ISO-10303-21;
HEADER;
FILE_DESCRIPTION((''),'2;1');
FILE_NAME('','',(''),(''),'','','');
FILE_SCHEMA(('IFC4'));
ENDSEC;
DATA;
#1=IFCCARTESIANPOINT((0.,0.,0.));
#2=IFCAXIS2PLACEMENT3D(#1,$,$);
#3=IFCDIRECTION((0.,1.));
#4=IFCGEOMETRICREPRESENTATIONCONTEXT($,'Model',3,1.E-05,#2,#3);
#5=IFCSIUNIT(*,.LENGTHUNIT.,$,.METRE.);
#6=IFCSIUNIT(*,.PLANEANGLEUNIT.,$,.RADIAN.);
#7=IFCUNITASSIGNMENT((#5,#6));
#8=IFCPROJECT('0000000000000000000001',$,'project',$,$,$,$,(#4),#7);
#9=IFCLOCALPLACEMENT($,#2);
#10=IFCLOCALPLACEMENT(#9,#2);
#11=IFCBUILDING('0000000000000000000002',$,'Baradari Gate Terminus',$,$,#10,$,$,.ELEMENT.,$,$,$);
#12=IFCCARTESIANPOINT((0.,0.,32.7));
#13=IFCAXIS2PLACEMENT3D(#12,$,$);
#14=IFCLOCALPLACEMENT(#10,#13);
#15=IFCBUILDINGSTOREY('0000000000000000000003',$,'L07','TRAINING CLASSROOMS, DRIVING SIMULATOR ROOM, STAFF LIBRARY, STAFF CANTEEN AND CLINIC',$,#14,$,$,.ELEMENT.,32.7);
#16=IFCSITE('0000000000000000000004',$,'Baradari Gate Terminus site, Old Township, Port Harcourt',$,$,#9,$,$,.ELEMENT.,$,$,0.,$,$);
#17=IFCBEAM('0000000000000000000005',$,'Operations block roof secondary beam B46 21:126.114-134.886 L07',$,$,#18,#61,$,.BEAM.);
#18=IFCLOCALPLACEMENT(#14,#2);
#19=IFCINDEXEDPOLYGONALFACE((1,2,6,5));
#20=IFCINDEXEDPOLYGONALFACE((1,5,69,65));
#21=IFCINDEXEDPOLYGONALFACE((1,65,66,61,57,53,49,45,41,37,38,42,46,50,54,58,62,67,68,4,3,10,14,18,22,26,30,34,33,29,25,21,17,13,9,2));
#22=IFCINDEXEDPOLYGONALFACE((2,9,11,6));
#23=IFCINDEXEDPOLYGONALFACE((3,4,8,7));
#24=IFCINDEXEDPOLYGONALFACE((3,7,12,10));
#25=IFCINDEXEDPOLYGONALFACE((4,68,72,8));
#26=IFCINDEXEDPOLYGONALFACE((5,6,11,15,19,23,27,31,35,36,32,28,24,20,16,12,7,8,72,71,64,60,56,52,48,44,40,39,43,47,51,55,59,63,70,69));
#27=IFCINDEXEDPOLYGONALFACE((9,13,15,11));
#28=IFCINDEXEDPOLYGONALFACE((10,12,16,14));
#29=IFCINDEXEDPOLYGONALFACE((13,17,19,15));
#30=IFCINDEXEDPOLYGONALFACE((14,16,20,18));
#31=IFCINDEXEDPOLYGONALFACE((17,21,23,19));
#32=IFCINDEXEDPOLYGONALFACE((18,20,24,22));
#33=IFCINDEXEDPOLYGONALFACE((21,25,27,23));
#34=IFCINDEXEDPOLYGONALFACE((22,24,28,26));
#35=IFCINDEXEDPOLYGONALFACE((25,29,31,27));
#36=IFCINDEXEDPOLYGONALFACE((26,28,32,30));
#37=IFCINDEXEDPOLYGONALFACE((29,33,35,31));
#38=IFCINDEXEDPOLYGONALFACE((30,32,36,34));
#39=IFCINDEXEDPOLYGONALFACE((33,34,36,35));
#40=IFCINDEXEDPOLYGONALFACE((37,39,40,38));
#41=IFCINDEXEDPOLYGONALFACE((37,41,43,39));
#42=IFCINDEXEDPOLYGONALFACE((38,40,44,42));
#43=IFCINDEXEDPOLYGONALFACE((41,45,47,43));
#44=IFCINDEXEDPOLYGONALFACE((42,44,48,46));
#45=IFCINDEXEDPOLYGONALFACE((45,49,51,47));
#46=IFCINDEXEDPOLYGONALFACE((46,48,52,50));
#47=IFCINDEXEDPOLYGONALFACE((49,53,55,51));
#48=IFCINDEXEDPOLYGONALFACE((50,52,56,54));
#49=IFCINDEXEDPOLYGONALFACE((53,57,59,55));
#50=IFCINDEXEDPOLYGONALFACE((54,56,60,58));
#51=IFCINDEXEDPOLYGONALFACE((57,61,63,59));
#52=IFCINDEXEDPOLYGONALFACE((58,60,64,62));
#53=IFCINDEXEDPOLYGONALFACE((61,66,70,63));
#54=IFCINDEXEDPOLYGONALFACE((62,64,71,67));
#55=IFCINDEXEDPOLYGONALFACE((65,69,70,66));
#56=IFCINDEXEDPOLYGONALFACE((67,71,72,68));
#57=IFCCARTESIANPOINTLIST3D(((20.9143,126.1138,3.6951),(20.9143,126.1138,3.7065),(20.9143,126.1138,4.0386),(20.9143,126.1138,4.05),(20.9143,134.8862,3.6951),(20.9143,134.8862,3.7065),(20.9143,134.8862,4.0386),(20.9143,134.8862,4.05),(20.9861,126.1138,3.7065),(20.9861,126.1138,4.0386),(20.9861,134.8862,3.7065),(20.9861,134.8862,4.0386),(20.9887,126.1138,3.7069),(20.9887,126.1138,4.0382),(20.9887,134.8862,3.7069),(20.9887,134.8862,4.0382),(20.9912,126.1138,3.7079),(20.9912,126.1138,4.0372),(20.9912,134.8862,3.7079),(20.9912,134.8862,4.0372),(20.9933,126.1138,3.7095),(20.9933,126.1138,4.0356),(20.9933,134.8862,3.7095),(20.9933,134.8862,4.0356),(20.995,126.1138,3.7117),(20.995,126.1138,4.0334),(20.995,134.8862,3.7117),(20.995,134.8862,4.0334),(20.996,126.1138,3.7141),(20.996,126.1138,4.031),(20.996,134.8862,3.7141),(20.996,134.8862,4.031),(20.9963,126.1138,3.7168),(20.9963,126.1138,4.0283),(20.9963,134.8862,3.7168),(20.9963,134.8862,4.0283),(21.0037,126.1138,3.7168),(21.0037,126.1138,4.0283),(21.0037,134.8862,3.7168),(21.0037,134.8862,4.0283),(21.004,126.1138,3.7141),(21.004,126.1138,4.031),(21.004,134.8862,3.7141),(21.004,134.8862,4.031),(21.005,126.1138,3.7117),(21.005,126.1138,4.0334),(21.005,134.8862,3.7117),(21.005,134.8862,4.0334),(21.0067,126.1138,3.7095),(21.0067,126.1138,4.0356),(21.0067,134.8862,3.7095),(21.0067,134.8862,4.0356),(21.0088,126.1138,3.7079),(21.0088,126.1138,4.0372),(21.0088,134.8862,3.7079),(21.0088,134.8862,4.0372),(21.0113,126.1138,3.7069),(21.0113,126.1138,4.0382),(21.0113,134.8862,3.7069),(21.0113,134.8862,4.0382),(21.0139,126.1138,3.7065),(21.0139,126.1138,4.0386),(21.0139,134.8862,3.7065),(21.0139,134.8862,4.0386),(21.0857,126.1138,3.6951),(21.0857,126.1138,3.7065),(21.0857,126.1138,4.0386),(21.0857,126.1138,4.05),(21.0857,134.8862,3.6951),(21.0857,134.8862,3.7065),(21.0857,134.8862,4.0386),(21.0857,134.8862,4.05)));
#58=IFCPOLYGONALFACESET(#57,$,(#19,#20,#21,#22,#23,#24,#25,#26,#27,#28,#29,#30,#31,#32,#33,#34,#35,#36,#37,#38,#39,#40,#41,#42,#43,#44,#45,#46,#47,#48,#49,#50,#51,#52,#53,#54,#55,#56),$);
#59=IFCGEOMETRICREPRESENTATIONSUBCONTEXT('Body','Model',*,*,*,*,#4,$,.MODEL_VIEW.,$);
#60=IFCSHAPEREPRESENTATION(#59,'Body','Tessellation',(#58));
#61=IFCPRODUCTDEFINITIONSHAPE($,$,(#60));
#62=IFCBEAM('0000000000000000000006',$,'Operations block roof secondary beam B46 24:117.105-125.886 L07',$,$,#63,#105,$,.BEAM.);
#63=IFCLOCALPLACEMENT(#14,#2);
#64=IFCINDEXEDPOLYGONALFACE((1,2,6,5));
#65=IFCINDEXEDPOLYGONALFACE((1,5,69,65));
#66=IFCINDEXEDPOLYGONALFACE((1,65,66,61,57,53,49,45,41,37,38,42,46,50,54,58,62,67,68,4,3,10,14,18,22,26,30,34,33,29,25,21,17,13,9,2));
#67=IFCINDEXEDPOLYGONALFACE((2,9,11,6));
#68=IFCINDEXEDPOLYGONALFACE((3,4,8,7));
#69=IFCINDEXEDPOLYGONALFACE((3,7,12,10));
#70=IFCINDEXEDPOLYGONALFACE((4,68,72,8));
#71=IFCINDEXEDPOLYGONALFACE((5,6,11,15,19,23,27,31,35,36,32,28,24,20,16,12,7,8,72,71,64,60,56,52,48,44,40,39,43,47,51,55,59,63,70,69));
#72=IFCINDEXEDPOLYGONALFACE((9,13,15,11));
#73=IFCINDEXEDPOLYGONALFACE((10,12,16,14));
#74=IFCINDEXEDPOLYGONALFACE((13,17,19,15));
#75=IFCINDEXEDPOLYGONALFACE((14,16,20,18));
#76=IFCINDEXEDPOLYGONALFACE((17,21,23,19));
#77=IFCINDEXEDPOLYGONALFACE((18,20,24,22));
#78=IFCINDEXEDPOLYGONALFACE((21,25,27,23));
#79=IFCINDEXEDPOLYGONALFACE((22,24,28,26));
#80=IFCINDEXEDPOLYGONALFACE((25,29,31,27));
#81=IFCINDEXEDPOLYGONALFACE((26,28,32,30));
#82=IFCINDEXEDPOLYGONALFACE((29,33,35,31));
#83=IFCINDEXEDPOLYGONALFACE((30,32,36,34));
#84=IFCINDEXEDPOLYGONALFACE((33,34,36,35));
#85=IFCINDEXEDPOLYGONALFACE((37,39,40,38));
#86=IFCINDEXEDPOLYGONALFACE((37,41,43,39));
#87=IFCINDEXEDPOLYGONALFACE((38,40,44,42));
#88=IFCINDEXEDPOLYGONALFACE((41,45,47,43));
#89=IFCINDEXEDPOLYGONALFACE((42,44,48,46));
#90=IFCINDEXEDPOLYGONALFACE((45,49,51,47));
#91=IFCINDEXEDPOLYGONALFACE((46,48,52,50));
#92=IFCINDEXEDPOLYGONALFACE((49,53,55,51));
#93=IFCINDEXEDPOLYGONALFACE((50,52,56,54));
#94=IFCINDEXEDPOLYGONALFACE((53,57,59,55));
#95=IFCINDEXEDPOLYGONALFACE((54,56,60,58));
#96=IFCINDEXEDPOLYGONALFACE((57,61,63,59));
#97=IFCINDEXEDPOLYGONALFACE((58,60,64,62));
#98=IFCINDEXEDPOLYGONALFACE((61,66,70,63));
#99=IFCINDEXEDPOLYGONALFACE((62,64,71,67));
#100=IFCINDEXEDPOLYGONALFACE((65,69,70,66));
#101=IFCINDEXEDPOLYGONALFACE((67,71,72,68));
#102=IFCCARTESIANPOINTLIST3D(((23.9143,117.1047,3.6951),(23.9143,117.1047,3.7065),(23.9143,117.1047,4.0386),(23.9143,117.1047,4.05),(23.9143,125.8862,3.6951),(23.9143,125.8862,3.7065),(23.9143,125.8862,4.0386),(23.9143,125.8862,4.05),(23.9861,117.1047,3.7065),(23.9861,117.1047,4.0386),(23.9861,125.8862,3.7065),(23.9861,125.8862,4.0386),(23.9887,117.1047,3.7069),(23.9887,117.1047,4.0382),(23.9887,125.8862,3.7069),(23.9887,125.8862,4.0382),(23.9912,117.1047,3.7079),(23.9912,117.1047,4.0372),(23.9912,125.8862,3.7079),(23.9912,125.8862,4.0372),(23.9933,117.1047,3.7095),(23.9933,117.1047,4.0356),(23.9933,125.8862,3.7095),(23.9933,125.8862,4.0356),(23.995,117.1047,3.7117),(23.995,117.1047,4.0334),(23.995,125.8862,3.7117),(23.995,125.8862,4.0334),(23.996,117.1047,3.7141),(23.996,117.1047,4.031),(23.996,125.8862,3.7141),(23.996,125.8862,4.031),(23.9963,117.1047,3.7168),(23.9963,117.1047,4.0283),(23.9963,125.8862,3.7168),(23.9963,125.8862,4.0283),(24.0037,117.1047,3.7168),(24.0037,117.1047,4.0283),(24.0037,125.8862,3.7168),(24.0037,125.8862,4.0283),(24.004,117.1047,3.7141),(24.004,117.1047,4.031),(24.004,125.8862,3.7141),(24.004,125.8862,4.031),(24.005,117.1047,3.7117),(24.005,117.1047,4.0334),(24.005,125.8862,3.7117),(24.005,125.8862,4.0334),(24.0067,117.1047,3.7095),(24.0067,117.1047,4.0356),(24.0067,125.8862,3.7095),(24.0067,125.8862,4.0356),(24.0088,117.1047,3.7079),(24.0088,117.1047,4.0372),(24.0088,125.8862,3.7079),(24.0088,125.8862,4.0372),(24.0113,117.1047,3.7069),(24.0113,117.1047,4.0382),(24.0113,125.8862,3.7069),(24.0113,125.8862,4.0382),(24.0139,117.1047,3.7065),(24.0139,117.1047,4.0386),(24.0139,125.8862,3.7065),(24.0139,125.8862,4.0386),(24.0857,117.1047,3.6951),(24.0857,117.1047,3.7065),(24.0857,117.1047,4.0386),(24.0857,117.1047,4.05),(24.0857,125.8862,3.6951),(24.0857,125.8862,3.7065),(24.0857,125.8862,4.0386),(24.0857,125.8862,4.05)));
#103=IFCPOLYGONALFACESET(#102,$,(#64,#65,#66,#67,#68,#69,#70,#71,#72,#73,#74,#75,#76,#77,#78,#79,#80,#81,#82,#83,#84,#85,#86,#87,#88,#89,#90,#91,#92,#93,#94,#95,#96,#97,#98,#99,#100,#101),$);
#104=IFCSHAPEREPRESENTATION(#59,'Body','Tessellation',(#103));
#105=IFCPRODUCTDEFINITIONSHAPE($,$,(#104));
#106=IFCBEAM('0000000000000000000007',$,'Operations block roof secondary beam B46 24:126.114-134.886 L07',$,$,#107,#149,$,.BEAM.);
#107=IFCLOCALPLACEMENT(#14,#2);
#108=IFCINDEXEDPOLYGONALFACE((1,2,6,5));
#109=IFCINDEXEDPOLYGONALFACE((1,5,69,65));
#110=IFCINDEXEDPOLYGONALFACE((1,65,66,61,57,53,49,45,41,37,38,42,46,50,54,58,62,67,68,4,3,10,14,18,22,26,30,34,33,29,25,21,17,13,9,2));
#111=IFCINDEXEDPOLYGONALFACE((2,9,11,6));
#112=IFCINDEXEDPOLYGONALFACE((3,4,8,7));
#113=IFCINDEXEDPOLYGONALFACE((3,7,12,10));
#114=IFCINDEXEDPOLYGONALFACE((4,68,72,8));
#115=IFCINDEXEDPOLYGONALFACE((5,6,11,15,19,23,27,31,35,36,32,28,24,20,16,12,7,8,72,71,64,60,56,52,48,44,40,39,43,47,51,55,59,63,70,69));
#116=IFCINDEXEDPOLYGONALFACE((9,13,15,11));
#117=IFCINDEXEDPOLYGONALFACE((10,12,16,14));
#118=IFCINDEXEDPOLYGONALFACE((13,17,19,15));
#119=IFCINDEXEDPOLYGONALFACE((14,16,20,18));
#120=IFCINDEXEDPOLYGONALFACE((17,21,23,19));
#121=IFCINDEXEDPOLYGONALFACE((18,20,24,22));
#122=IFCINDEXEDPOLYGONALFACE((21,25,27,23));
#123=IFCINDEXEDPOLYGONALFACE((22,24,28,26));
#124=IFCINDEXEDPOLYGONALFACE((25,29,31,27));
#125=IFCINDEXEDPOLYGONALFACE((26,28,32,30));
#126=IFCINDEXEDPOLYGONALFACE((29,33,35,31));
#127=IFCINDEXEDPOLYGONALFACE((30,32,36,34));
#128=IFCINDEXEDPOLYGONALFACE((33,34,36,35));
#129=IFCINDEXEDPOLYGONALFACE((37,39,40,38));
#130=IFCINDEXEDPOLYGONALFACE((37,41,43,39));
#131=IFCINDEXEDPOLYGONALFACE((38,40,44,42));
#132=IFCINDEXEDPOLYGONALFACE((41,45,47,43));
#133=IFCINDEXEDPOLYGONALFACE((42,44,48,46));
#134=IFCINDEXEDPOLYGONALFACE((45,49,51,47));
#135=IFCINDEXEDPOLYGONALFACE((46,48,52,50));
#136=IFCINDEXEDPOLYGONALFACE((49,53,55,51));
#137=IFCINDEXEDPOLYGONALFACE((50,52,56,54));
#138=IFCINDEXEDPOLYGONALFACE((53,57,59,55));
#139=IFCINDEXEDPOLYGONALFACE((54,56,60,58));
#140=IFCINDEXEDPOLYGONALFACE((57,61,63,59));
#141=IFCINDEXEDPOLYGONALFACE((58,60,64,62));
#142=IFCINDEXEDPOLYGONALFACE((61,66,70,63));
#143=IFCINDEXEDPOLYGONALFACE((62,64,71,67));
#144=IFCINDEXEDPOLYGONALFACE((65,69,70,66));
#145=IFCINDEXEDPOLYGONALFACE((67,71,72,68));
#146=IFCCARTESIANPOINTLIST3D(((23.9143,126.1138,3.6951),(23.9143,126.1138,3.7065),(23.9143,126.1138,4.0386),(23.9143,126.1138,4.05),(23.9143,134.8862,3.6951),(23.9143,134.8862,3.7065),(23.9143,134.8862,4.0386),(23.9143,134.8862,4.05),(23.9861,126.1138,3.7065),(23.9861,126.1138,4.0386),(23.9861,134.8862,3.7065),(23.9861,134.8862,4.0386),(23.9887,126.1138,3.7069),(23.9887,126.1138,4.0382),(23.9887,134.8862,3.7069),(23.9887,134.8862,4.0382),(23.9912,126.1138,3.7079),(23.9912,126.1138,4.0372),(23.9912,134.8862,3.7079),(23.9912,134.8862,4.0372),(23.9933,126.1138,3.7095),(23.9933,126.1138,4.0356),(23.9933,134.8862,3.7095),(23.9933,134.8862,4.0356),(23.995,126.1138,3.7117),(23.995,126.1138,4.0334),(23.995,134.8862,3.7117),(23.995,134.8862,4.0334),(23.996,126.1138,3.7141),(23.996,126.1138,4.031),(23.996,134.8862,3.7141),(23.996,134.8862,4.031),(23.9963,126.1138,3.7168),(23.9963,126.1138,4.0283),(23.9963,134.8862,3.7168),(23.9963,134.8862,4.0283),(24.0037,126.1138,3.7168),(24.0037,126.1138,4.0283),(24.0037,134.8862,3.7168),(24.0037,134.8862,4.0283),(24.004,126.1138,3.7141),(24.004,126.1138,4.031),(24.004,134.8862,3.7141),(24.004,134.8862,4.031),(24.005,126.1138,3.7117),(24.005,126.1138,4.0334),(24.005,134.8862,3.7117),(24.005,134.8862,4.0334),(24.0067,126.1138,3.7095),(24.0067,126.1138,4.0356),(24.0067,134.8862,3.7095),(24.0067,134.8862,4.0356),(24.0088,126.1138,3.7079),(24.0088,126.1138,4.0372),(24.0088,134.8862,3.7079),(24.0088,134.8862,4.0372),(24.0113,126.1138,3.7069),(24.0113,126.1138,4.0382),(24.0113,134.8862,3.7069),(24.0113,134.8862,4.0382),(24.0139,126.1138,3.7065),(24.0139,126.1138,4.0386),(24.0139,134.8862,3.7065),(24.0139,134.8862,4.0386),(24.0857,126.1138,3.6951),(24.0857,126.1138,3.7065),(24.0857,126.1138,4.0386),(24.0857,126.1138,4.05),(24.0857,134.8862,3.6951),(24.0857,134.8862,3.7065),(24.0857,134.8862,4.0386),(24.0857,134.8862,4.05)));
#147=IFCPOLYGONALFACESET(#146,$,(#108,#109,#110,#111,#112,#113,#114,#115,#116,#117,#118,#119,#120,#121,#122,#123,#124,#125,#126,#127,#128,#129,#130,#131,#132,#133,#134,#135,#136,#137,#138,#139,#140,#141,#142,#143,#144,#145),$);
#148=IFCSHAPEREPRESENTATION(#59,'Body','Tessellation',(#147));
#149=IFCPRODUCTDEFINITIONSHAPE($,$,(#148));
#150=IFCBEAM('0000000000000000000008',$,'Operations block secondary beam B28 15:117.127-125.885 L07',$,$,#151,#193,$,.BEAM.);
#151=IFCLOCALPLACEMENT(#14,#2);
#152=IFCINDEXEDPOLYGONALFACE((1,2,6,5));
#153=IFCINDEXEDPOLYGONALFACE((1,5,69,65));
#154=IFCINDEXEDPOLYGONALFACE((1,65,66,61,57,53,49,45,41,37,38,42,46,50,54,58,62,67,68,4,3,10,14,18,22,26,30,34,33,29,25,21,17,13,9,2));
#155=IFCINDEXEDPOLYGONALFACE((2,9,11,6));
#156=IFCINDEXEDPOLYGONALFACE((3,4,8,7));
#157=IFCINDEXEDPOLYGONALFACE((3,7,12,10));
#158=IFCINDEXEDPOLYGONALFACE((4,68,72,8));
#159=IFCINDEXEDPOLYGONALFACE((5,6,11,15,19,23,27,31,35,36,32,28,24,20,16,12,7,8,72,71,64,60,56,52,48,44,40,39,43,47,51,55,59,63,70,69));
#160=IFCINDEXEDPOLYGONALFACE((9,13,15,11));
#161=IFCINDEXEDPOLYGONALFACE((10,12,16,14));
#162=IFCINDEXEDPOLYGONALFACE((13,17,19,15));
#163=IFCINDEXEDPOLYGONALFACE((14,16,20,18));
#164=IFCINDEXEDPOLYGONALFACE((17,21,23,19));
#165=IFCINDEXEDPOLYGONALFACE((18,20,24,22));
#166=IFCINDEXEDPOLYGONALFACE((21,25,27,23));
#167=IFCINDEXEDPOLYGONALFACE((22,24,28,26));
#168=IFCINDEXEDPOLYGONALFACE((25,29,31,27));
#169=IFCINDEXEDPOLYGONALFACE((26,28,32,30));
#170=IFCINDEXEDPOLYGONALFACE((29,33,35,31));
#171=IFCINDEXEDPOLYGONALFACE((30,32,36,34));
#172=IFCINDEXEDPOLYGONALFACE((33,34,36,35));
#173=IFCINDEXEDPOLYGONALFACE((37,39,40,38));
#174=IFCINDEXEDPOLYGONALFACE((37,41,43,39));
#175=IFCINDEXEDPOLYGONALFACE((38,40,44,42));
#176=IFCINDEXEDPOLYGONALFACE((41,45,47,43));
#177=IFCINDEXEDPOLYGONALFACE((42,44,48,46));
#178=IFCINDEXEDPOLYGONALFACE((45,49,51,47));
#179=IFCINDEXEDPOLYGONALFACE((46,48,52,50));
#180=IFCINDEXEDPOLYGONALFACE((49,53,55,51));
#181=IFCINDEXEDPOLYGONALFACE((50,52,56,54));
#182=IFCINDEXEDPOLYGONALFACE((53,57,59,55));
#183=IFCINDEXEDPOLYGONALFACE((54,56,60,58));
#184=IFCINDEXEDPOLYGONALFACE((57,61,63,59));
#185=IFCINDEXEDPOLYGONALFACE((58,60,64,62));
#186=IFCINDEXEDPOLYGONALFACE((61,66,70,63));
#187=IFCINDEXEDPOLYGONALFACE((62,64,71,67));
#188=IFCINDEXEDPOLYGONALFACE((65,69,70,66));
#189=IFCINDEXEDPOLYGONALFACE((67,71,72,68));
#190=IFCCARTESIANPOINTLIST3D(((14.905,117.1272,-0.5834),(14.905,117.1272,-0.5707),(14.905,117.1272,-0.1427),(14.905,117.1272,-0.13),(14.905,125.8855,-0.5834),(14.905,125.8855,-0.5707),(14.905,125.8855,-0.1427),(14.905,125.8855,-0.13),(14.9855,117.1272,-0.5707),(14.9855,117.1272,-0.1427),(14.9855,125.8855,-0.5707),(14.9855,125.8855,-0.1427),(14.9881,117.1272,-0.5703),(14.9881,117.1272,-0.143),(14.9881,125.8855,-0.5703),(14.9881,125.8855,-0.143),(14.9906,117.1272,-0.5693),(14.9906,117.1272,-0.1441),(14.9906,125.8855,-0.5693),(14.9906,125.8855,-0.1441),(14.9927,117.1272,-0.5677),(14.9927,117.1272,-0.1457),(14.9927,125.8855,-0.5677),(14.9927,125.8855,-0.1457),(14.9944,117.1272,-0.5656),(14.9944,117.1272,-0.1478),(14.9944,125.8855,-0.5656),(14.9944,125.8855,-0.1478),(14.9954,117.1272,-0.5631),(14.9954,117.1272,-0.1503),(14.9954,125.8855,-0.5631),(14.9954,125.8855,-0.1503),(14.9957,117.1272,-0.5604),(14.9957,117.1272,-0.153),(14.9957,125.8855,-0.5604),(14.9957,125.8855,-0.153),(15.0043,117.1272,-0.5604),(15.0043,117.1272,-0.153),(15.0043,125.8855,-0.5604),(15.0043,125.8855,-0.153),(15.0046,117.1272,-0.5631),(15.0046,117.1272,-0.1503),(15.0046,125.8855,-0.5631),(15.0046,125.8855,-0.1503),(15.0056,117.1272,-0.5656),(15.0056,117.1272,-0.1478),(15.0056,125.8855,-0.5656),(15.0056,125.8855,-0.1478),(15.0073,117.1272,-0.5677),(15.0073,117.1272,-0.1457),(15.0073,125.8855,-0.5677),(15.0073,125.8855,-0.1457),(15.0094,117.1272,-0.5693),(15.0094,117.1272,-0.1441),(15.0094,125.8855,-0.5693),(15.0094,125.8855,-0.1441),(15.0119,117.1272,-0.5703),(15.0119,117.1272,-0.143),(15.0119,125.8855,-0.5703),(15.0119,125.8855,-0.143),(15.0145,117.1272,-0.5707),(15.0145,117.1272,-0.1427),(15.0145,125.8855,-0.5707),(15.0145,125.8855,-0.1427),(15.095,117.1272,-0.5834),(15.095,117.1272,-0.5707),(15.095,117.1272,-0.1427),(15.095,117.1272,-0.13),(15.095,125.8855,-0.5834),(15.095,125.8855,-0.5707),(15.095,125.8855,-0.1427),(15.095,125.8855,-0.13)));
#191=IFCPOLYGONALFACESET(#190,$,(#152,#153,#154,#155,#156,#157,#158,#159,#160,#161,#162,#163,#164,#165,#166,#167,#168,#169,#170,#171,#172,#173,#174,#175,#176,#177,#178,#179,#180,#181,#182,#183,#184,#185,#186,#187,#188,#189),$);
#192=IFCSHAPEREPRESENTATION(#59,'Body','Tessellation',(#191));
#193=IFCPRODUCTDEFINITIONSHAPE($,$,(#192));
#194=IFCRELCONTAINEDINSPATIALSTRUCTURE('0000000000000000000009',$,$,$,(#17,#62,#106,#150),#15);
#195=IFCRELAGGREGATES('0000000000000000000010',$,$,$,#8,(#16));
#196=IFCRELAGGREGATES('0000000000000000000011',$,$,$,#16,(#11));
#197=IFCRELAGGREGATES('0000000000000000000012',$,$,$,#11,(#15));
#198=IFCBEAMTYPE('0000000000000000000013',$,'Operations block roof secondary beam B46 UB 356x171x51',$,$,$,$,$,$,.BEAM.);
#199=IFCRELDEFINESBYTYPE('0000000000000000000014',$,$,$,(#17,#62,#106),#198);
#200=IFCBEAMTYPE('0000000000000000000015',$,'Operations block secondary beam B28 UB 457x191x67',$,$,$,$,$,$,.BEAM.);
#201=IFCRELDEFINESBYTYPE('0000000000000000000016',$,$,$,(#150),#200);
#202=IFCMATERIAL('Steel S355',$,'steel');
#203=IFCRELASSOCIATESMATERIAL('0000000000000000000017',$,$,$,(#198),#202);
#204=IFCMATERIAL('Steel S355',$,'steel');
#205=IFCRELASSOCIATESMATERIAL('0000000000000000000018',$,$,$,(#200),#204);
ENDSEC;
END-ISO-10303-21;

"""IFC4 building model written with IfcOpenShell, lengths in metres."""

from ifc_helpers import new_model, si_unit, direction, frame, origin, origin_2d, place, context, subcontext, project, spatial, i_section, extrude, material, material_profile, profile_set, type_object, element, save


model = new_model("IFC4")

# Units and contexts
model_context = context("Model", 3, precision=1e-05, world=origin(), true_north=direction((0.0, 1.0)))
body_context = subcontext(model_context, "Body", "Model", "MODEL_VIEW")
ifc_project = project(units=[si_unit("LENGTHUNIT", "METRE"), si_unit("PLANEANGLEUNIT", "RADIAN")], contexts=[model_context])

# Site, building, storey
site_placement = place(None, origin())
site = spatial("IfcSite", under=ifc_project, at=site_placement, Name="Baradari Gate Terminus site, Old Township, Port Harcourt", CompositionType="ELEMENT", RefElevation=0.0)
building_placement = place(site_placement, origin())
building = spatial("IfcBuilding", under=site, at=building_placement, Name="Baradari Gate Terminus", CompositionType="ELEMENT")
storey_placement = place(building_placement, frame((0.0, 0.0, 32.7)))
storey = spatial("IfcBuildingStorey", under=building, at=storey_placement, Name="L07", Description="TRAINING CLASSROOMS, DRIVING SIMULATOR ROOM, STAFF LIBRARY, STAFF CANTEEN AND CLINIC", CompositionType="ELEMENT", Elevation=32.7)

# Beams
ifc_material_1 = material(Name="Steel S355", Category="steel")
ifc_material_profile_1 = material_profile(ifc_material_1, i_section(OverallWidth=0.1714, OverallDepth=0.355, WebThickness=0.0073, FlangeThickness=0.0115, FilletRadius=0.0103, at=origin_2d()), Name="UB 356x171x51")
ifc_profile_set_1 = profile_set([ifc_material_profile_1], Name="Steel S355")
beam_type_1 = type_object("IfcBeamType", Name="Operations block roof secondary beam B46 UB 356x171x51", PredefinedType="BEAM", material=ifc_profile_set_1)
beam_1_placement = place(storey_placement, frame((21.0, 126.1138, 3.8726), z_axis=(0.0, 1.0, 0.0), x_axis=(-1.0, 0.0, 0.0)))
element("IfcBeam", 1, at=beam_1_placement, inside=storey, type_object=beam_type_1, Name="Operations block roof secondary beam B46 21:126.114-134.886 L07", PredefinedType="BEAM", context=body_context, shape_type="SweptSolid", body=[
    extrude(i_section(OverallWidth=0.1714, OverallDepth=0.355, WebThickness=0.0073, FlangeThickness=0.0115, FilletRadius=0.0103, at=origin_2d()), origin(), (0.0, 0.0, 1.0), 8.7725),
])
beam_2_placement = place(storey_placement, frame((24.0, 117.1047, 3.8726), z_axis=(0.0, 1.0, 0.0), x_axis=(-1.0, 0.0, 0.0)))
element("IfcBeam", 2, at=beam_2_placement, inside=storey, type_object=beam_type_1, Name="Operations block roof secondary beam B46 24:117.105-125.886 L07", PredefinedType="BEAM", context=body_context, shape_type="SweptSolid", body=[
    extrude(i_section(OverallWidth=0.1714, OverallDepth=0.355, WebThickness=0.0073, FlangeThickness=0.0115, FilletRadius=0.0103, at=origin_2d()), origin(), (0.0, 0.0, 1.0), 8.7815),
])
beam_3_placement = place(storey_placement, frame((24.0, 126.1138, 3.8726), z_axis=(0.0, 1.0, 0.0), x_axis=(-1.0, 0.0, 0.0)))
element("IfcBeam", 3, at=beam_3_placement, inside=storey, type_object=beam_type_1, Name="Operations block roof secondary beam B46 24:126.114-134.886 L07", PredefinedType="BEAM", context=body_context, shape_type="SweptSolid", body=[
    extrude(i_section(OverallWidth=0.1714, OverallDepth=0.355, WebThickness=0.0073, FlangeThickness=0.0115, FilletRadius=0.0103, at=origin_2d()), origin(), (0.0, 0.0, 1.0), 8.7725),
])
ifc_material_2 = material(Name="Steel S355", Category="steel")
ifc_material_profile_2 = material_profile(ifc_material_2, i_section(OverallWidth=0.1899, OverallDepth=0.4534, WebThickness=0.0085, FlangeThickness=0.0127, FilletRadius=0.0103, at=origin_2d()), Name="UB 457x191x67")
ifc_profile_set_2 = profile_set([ifc_material_profile_2], Name="Steel S355")
beam_type_2 = type_object("IfcBeamType", Name="Operations block secondary beam B28 UB 457x191x67", PredefinedType="BEAM", material=ifc_profile_set_2)
beam_4_placement = place(storey_placement, frame((15.0, 117.1272, -0.3567), z_axis=(0.0, 1.0, 0.0), x_axis=(-1.0, 0.0, 0.0)))
element("IfcBeam", 4, at=beam_4_placement, inside=storey, type_object=beam_type_2, Name="Operations block secondary beam B28 15:117.127-125.885 L07", PredefinedType="BEAM", context=body_context, shape_type="SweptSolid", body=[
    extrude(i_section(OverallWidth=0.1899, OverallDepth=0.4534, WebThickness=0.0085, FlangeThickness=0.0127, FilletRadius=0.0103, at=origin_2d()), origin(), (0.0, 0.0, 1.0), 8.7583),
])

save(model, "model.ifc")
